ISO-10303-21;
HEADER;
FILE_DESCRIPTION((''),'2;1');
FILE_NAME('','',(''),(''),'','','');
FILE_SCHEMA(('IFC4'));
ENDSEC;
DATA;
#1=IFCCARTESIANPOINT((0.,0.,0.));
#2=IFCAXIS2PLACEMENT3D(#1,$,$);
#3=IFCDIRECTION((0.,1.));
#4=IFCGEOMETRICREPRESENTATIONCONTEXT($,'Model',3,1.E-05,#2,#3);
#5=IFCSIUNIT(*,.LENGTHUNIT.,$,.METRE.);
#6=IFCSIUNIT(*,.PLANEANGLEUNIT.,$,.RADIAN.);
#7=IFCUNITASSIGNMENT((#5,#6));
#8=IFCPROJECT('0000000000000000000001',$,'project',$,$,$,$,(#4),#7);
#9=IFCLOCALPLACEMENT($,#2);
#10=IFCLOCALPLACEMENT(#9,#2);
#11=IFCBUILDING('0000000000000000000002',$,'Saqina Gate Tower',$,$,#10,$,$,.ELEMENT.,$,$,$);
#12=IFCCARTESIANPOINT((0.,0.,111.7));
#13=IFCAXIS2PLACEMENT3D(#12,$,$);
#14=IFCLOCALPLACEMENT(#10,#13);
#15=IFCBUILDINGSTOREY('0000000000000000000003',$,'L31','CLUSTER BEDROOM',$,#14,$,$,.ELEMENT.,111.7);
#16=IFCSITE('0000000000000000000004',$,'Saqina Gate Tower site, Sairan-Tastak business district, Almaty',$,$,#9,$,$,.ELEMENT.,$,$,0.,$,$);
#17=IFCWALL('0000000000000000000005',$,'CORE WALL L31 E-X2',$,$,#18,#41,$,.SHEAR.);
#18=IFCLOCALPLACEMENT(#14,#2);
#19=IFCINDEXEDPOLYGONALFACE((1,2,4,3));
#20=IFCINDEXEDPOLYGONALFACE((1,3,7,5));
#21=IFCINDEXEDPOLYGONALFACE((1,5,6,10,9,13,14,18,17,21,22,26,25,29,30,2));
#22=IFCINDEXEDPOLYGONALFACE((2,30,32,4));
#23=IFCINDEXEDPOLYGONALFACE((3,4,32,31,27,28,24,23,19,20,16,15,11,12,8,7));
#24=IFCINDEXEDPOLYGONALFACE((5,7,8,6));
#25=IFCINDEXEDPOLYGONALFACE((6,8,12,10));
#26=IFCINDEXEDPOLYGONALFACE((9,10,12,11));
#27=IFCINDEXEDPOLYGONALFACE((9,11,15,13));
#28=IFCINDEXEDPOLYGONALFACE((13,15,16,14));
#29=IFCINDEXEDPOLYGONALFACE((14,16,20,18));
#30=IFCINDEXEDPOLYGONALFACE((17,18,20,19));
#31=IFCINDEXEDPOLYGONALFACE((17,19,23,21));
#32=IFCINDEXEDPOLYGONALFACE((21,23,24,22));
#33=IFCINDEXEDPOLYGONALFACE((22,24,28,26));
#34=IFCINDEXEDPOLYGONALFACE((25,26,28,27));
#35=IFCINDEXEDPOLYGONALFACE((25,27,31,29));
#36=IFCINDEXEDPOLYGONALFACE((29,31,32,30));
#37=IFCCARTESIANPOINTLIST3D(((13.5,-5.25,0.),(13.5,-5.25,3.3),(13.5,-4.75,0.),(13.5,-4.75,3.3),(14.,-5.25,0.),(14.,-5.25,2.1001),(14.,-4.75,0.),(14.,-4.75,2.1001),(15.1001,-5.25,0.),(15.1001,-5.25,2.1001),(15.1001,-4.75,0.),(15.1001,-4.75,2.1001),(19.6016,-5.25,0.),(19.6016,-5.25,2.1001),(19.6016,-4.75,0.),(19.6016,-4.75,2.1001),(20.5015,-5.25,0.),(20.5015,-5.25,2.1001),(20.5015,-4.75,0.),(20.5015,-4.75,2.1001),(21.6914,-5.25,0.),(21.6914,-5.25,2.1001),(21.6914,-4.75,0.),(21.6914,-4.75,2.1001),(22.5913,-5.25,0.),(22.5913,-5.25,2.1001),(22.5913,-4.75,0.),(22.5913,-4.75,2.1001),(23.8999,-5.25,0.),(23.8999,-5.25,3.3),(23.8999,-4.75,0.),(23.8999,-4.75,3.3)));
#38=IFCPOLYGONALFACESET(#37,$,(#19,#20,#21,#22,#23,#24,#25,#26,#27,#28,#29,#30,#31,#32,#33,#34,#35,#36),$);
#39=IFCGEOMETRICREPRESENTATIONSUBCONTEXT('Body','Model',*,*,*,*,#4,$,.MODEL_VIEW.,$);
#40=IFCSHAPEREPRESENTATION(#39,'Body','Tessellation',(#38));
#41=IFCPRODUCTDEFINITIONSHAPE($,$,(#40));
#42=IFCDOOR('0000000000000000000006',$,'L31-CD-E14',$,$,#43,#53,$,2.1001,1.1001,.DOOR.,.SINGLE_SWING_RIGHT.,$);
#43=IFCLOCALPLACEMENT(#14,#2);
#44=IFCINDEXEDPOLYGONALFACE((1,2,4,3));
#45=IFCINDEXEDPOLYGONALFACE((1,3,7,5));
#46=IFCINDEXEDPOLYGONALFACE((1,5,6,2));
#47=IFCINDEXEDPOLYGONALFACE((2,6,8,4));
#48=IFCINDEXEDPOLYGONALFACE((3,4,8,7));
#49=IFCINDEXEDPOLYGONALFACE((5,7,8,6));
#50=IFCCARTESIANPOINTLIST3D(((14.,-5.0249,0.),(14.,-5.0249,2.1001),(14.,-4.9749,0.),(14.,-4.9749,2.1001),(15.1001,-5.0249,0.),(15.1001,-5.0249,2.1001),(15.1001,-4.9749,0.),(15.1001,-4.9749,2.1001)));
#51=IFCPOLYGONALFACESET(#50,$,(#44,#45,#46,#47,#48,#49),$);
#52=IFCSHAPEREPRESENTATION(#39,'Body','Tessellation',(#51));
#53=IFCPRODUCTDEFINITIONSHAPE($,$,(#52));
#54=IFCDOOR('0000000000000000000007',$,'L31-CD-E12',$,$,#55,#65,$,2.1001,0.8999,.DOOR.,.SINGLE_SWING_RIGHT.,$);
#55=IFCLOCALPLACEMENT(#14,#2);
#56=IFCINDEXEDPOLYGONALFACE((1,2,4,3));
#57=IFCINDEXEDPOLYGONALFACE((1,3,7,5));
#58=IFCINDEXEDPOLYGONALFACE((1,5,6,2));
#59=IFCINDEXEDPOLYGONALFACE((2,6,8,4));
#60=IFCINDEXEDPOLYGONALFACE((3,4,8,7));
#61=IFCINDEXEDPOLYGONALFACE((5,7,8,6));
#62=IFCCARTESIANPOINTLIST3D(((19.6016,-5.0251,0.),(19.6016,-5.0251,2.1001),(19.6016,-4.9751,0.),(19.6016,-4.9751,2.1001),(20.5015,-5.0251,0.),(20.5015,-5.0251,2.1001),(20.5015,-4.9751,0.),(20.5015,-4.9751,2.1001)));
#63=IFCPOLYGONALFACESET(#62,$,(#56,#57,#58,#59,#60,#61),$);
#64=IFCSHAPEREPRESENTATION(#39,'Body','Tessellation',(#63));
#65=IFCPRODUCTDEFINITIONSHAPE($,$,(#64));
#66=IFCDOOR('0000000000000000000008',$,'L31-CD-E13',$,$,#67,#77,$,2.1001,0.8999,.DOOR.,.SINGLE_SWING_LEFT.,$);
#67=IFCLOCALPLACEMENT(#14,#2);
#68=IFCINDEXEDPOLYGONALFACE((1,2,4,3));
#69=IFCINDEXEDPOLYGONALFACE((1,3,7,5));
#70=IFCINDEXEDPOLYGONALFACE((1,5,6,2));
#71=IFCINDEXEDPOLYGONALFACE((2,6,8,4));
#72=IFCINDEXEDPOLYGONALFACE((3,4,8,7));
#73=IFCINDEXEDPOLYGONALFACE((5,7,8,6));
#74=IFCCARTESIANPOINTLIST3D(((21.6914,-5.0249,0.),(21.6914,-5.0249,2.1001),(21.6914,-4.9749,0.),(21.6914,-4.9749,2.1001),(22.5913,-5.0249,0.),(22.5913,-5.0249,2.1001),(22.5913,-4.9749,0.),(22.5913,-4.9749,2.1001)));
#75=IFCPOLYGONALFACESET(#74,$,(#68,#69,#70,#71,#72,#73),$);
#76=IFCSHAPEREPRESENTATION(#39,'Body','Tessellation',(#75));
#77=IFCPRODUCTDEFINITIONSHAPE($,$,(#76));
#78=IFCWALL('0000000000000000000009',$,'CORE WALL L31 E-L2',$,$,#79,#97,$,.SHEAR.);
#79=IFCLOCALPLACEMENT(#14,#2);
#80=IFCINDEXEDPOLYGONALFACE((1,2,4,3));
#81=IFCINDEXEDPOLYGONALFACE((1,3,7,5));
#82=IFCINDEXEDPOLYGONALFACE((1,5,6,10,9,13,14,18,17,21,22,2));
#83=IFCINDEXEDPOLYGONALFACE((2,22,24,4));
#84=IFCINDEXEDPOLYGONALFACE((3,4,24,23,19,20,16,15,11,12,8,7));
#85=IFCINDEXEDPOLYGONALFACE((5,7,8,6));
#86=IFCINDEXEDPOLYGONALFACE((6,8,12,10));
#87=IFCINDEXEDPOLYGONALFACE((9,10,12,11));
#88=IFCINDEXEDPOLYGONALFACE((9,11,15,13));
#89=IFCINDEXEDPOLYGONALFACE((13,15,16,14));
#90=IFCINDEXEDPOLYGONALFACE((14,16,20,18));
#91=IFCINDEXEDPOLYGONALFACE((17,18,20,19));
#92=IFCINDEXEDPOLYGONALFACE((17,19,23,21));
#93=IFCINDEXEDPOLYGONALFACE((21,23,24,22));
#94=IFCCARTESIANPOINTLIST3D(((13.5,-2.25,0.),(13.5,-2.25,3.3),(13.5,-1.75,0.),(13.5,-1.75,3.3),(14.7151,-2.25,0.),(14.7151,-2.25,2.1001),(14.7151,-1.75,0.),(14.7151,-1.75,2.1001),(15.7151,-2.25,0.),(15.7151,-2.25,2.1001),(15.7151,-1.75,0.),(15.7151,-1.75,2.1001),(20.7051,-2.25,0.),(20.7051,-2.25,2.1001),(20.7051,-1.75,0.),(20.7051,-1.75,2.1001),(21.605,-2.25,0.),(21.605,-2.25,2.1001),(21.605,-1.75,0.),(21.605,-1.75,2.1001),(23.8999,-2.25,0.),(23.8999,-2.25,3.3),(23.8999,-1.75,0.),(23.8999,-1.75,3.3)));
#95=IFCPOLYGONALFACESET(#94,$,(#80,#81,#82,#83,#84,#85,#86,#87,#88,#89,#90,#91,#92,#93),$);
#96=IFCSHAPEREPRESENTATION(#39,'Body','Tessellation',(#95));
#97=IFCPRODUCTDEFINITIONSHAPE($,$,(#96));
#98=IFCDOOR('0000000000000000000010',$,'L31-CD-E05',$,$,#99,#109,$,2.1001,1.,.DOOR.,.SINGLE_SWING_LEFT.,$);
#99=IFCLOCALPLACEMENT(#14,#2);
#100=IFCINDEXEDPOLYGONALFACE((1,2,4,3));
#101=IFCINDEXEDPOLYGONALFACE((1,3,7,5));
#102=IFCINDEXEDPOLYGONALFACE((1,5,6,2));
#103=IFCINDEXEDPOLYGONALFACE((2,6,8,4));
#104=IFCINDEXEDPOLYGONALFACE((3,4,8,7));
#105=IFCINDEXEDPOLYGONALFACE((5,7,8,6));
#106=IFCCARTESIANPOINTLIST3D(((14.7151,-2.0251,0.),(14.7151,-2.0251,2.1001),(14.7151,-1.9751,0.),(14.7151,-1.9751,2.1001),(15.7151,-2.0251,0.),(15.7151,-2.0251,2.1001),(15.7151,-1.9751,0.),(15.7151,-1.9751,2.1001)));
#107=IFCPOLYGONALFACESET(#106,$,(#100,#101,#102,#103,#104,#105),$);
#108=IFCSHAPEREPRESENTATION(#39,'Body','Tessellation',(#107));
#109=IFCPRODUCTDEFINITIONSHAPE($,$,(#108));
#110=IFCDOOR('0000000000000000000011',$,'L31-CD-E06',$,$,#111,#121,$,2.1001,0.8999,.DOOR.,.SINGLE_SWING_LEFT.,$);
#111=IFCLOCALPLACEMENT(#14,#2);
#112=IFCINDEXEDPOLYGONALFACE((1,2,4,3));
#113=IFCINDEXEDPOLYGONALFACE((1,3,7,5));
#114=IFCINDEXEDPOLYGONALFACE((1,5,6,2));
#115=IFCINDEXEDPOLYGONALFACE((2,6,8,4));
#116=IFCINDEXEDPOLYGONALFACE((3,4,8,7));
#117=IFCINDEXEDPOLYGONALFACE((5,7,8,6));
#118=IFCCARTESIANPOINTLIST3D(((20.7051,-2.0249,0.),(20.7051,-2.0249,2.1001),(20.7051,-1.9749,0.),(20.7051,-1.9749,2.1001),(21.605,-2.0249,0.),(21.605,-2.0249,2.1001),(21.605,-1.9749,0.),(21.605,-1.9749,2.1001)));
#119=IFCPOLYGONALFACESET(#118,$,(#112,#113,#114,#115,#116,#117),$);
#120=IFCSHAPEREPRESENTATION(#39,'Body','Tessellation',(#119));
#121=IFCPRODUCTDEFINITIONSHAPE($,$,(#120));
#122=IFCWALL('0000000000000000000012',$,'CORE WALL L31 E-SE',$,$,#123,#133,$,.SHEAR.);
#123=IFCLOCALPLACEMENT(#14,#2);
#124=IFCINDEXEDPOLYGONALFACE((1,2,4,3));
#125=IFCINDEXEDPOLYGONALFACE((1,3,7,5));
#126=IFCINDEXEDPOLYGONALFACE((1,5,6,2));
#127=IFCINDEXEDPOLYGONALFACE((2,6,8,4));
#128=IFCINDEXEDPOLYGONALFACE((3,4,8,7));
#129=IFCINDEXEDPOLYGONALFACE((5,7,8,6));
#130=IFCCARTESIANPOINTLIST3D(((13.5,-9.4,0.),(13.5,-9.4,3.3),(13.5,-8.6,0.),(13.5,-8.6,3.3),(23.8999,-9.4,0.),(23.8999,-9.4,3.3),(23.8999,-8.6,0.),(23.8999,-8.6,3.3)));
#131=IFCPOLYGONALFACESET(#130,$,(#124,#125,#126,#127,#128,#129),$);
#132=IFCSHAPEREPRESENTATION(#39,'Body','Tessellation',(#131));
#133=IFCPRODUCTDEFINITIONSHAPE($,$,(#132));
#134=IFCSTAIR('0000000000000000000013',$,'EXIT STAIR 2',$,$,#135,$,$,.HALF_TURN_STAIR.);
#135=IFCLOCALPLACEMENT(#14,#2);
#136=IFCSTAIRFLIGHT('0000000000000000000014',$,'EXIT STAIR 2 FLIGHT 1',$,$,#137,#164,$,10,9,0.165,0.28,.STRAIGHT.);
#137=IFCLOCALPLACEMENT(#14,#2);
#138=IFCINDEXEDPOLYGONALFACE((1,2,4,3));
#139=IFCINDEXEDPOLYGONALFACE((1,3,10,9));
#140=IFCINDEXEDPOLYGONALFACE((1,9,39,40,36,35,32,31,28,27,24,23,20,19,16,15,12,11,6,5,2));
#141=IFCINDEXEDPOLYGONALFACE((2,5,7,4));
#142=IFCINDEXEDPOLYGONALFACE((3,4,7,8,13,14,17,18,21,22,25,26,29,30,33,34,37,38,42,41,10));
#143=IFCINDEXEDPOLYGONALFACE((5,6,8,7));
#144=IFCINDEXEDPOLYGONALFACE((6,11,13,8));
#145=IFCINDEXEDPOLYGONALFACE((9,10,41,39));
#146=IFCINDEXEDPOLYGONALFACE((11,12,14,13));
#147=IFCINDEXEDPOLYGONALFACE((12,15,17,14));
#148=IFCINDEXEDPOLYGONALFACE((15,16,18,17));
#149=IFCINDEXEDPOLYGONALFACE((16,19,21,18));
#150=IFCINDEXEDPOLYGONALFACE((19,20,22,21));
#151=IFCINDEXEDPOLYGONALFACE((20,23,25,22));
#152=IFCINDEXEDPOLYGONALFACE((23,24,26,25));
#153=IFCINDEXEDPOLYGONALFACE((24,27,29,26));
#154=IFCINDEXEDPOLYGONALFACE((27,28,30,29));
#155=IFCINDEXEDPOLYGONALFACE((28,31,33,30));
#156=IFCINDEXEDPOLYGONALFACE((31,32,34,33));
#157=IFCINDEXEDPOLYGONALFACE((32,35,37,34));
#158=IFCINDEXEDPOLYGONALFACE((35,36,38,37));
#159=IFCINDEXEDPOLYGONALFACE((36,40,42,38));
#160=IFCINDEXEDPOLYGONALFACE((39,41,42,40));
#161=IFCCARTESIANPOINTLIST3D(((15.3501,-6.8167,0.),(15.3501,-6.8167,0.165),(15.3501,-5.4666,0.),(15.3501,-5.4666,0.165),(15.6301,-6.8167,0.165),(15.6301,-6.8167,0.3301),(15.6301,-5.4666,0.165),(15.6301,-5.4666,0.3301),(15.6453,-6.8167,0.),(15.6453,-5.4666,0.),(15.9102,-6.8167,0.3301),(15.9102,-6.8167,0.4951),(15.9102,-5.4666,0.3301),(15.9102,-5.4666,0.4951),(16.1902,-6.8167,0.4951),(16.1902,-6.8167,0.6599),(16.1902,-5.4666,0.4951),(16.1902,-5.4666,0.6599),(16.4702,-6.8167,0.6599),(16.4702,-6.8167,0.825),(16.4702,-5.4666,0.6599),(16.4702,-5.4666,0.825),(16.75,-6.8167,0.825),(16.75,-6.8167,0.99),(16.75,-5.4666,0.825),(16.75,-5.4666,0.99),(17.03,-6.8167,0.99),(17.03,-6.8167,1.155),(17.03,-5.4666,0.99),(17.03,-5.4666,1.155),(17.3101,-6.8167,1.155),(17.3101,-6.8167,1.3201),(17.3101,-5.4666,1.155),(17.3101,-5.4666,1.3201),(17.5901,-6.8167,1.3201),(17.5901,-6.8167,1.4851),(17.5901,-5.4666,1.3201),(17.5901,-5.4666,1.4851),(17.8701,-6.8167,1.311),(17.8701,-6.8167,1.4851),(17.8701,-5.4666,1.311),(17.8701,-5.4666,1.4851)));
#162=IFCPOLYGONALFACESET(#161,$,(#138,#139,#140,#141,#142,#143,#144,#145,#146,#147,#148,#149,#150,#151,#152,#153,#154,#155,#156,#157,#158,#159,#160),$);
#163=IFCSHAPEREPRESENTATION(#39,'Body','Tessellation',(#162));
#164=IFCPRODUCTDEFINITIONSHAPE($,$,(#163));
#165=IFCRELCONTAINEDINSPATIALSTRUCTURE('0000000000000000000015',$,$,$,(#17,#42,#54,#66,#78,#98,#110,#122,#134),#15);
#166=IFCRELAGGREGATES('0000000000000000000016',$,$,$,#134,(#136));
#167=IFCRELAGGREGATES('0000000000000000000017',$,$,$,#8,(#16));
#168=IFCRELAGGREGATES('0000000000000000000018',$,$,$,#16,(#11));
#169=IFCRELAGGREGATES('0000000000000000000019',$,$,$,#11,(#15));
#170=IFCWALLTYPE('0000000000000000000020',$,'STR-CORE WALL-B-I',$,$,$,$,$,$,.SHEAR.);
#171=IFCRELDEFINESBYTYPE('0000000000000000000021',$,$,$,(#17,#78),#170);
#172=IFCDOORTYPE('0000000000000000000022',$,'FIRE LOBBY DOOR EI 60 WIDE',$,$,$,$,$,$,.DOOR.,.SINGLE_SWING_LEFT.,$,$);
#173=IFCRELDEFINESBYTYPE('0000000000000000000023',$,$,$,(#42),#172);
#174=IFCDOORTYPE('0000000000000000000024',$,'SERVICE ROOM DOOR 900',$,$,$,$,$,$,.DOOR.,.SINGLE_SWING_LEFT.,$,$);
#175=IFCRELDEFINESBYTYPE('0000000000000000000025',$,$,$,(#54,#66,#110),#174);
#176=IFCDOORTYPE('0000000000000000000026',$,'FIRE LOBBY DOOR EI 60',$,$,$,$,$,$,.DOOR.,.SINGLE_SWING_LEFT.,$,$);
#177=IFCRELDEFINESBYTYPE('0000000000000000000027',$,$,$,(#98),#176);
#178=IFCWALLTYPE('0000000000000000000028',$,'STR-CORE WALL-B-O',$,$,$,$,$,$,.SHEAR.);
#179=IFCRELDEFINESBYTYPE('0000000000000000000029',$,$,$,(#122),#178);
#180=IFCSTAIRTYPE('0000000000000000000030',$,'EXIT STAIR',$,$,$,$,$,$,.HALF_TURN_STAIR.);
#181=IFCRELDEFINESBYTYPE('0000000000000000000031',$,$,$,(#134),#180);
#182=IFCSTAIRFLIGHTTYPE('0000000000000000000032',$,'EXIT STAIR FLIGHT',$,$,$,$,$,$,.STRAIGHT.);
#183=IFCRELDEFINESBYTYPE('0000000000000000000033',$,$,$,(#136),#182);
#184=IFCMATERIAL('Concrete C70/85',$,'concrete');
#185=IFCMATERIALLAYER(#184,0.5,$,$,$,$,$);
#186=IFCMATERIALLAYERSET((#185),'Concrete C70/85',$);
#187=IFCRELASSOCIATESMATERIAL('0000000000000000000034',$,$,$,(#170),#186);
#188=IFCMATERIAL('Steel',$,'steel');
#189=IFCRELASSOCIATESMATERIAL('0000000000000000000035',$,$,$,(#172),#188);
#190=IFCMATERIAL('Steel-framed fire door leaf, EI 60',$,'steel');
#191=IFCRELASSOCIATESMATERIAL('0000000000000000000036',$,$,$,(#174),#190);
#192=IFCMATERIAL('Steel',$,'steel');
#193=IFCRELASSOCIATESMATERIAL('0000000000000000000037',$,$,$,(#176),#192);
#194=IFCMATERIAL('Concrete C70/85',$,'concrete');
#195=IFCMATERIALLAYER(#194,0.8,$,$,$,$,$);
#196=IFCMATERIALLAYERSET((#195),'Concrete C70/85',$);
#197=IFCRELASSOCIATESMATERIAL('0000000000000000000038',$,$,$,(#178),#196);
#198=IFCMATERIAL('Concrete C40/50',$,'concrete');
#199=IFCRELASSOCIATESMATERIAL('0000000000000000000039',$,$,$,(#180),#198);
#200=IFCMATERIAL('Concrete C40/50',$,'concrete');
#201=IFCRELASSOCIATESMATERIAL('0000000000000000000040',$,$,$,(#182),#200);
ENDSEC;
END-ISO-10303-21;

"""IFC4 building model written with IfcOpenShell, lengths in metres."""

from ifc_helpers import new_model, si_unit, direction, frame, frame_2d, origin, place, context, subcontext, project, spatial, polyline, rectangle, outline, extrude, material, layer, layer_set, type_object, element, fill, aggregate, save


model = new_model("IFC4")

# Units and contexts
model_context = context("Model", 3, precision=1e-05, world=origin(), true_north=direction((0.0, 1.0)))
body_context = subcontext(model_context, "Body", "Model", "MODEL_VIEW")
ifc_project = project(units=[si_unit("LENGTHUNIT", "METRE"), si_unit("PLANEANGLEUNIT", "RADIAN")], contexts=[model_context])

# Site, building, storey
site_placement = place(None, origin())
site = spatial("IfcSite", under=ifc_project, at=site_placement, Name="Saqina Gate Tower site, Sairan-Tastak business district, Almaty", CompositionType="ELEMENT", RefElevation=0.0)
building_placement = place(site_placement, origin())
building = spatial("IfcBuilding", under=site, at=building_placement, Name="Saqina Gate Tower", CompositionType="ELEMENT")
storey_placement = place(building_placement, frame((0.0, 0.0, 111.7)))
storey = spatial("IfcBuildingStorey", under=building, at=storey_placement, Name="L31", Description="CLUSTER BEDROOM", CompositionType="ELEMENT", Elevation=111.7)

# Walls, openings, doors
ifc_material_1 = material(Name="Concrete C70/85", Category="concrete")
ifc_layer_1 = layer(ifc_material_1, 0.5)
ifc_layer_set_1 = layer_set([ifc_layer_1], Name="Concrete C70/85")
wall_type_1 = type_object("IfcWallType", Name="STR-CORE WALL-B-I", PredefinedType="SHEAR", material=ifc_layer_set_1)
wall_1_placement = place(storey_placement, frame((13.5, -5.0, 0.0), z_axis=(0.0, 0.0, 1.0), x_axis=(1.0, 0.0, 0.0)))
wall_1 = element("IfcWall", 1, at=wall_1_placement, inside=storey, type_object=wall_type_1, Name="CORE WALL L31 E-X2", PredefinedType="SHEAR", context=body_context, shape_type="SweptSolid", body=[
    extrude(rectangle(XDim=10.3999, YDim=0.5, at=frame_2d((5.2, 0.0))), origin(), (0.0, 0.0, 1.0), 3.3),
])
opening_1_placement = place(wall_1_placement, frame((6.1016, 0.0, 0.0)))
opening_1 = element("IfcOpeningElement", 2, at=opening_1_placement, cuts=wall_1, PredefinedType="OPENING", context=body_context, shape_type="SweptSolid", body=[
    extrude(rectangle(XDim=0.8999, YDim=2.1001, at=frame_2d((0.45, 1.05))), frame((0.0, 0.262, 0.0), z_axis=(0.0, -1.0, 0.0), x_axis=(1.0, 0.0, 0.0)), (0.0, 0.0, 1.0), 0.5239),
])
opening_2_placement = place(wall_1_placement, frame((8.1914, 0.0, 0.0)))
opening_2 = element("IfcOpeningElement", 3, at=opening_2_placement, cuts=wall_1, PredefinedType="OPENING", context=body_context, shape_type="SweptSolid", body=[
    extrude(rectangle(XDim=0.8999, YDim=2.1001, at=frame_2d((0.45, 1.05))), frame((0.0, 0.262, 0.0), z_axis=(0.0, -1.0, 0.0), x_axis=(1.0, 0.0, 0.0)), (0.0, 0.0, 1.0), 0.5239),
])
opening_3_placement = place(wall_1_placement, frame((0.5, 0.0, 0.0)))
opening_3 = element("IfcOpeningElement", 4, at=opening_3_placement, cuts=wall_1, PredefinedType="OPENING", context=body_context, shape_type="SweptSolid", body=[
    extrude(rectangle(XDim=1.1001, YDim=2.1001, at=frame_2d((0.55, 1.05))), frame((0.0, 0.262, 0.0), z_axis=(0.0, -1.0, 0.0), x_axis=(1.0, 0.0, 0.0)), (0.0, 0.0, 1.0), 0.5239),
])
ifc_material_2 = material(Name="Steel", Category="steel")
door_type_1 = type_object("IfcDoorType", Name="FIRE LOBBY DOOR EI 60 WIDE", OperationType="SINGLE_SWING_LEFT", PredefinedType="DOOR", material=ifc_material_2)
door_1_placement = place(opening_3_placement, frame((1.1001, 0.0, 0.0), z_axis=(0.0, 0.0, 1.0), x_axis=(-1.0, 0.0, 0.0)))
door_1 = element("IfcDoor", 5, at=door_1_placement, inside=storey, type_object=door_type_1, Name="L31-CD-E14", OperationType="SINGLE_SWING_RIGHT", OverallHeight=2.1001, OverallWidth=1.1001, PredefinedType="DOOR", context=body_context, shape_type="SweptSolid", body=[
    extrude(rectangle(XDim=1.1001, YDim=2.1001, at=frame_2d((0.55, 1.05))), frame((0.0, 0.0249, 0.0), z_axis=(0.0, -1.0, 0.0), x_axis=(1.0, 0.0, 0.0)), (0.0, 0.0, 1.0), 0.05),
])
fill(opening_3, door_1)
ifc_material_3 = material(Name="Steel-framed fire door leaf, EI 60", Category="steel")
door_type_2 = type_object("IfcDoorType", Name="SERVICE ROOM DOOR 900", OperationType="SINGLE_SWING_LEFT", PredefinedType="DOOR", material=ifc_material_3)
door_2_placement = place(opening_1_placement, origin())
door_2 = element("IfcDoor", 6, at=door_2_placement, inside=storey, type_object=door_type_2, Name="L31-CD-E12", OperationType="SINGLE_SWING_RIGHT", OverallHeight=2.1001, OverallWidth=0.8999, PredefinedType="DOOR", context=body_context, shape_type="SweptSolid", body=[
    extrude(rectangle(XDim=0.8999, YDim=2.1001, at=frame_2d((0.45, 1.05))), frame((0.0, 0.0249, 0.0), z_axis=(0.0, -1.0, 0.0), x_axis=(1.0, 0.0, 0.0)), (0.0, 0.0, 1.0), 0.05),
])
fill(opening_1, door_2)
door_3_placement = place(opening_2_placement, frame((0.8999, 0.0, 0.0), z_axis=(0.0, 0.0, 1.0), x_axis=(-1.0, 0.0, 0.0)))
door_3 = element("IfcDoor", 7, at=door_3_placement, inside=storey, type_object=door_type_2, Name="L31-CD-E13", OperationType="SINGLE_SWING_LEFT", OverallHeight=2.1001, OverallWidth=0.8999, PredefinedType="DOOR", context=body_context, shape_type="SweptSolid", body=[
    extrude(rectangle(XDim=0.8999, YDim=2.1001, at=frame_2d((0.45, 1.05))), frame((0.0, 0.0249, 0.0), z_axis=(0.0, -1.0, 0.0), x_axis=(1.0, 0.0, 0.0)), (0.0, 0.0, 1.0), 0.05),
])
fill(opening_2, door_3)
wall_2_placement = place(storey_placement, frame((13.5, -2.0, 0.0), z_axis=(0.0, 0.0, 1.0), x_axis=(1.0, 0.0, 0.0)))
wall_2 = element("IfcWall", 8, at=wall_2_placement, inside=storey, type_object=wall_type_1, Name="CORE WALL L31 E-L2", PredefinedType="SHEAR", context=body_context, shape_type="SweptSolid", body=[
    extrude(rectangle(XDim=10.3999, YDim=0.5, at=frame_2d((5.2, 0.0))), origin(), (0.0, 0.0, 1.0), 3.3),
])
opening_4_placement = place(wall_2_placement, frame((1.2151, 0.0, 0.0)))
opening_4 = element("IfcOpeningElement", 9, at=opening_4_placement, cuts=wall_2, PredefinedType="OPENING", context=body_context, shape_type="SweptSolid", body=[
    extrude(rectangle(XDim=1.0, YDim=2.1001, at=frame_2d((0.5, 1.05))), frame((0.0, 0.262, 0.0), z_axis=(0.0, -1.0, 0.0), x_axis=(1.0, 0.0, 0.0)), (0.0, 0.0, 1.0), 0.5239),
])
opening_5_placement = place(wall_2_placement, frame((7.2051, 0.0, 0.0)))
opening_5 = element("IfcOpeningElement", 10, at=opening_5_placement, cuts=wall_2, PredefinedType="OPENING", context=body_context, shape_type="SweptSolid", body=[
    extrude(rectangle(XDim=0.8999, YDim=2.1001, at=frame_2d((0.45, 1.05))), frame((0.0, 0.262, 0.0), z_axis=(0.0, -1.0, 0.0), x_axis=(1.0, 0.0, 0.0)), (0.0, 0.0, 1.0), 0.5239),
])
ifc_material_4 = material(Name="Steel", Category="steel")
door_type_3 = type_object("IfcDoorType", Name="FIRE LOBBY DOOR EI 60", OperationType="SINGLE_SWING_LEFT", PredefinedType="DOOR", material=ifc_material_4)
door_4_placement = place(opening_4_placement, origin())
door_4 = element("IfcDoor", 11, at=door_4_placement, inside=storey, type_object=door_type_3, Name="L31-CD-E05", OperationType="SINGLE_SWING_LEFT", OverallHeight=2.1001, OverallWidth=1.0, PredefinedType="DOOR", context=body_context, shape_type="SweptSolid", body=[
    extrude(rectangle(XDim=1.0, YDim=2.1001, at=frame_2d((0.5, 1.05))), frame((0.0, 0.0249, 0.0), z_axis=(0.0, -1.0, 0.0), x_axis=(1.0, 0.0, 0.0)), (0.0, 0.0, 1.0), 0.05),
])
fill(opening_4, door_4)
door_5_placement = place(opening_5_placement, frame((0.8999, 0.0, 0.0), z_axis=(0.0, 0.0, 1.0), x_axis=(-1.0, 0.0, 0.0)))
door_5 = element("IfcDoor", 12, at=door_5_placement, inside=storey, type_object=door_type_2, Name="L31-CD-E06", OperationType="SINGLE_SWING_LEFT", OverallHeight=2.1001, OverallWidth=0.8999, PredefinedType="DOOR", context=body_context, shape_type="SweptSolid", body=[
    extrude(rectangle(XDim=0.8999, YDim=2.1001, at=frame_2d((0.45, 1.05))), frame((0.0, 0.0249, 0.0), z_axis=(0.0, -1.0, 0.0), x_axis=(1.0, 0.0, 0.0)), (0.0, 0.0, 1.0), 0.05),
])
fill(opening_5, door_5)
ifc_material_5 = material(Name="Concrete C70/85", Category="concrete")
ifc_layer_2 = layer(ifc_material_5, 0.8)
ifc_layer_set_2 = layer_set([ifc_layer_2], Name="Concrete C70/85")
wall_type_2 = type_object("IfcWallType", Name="STR-CORE WALL-B-O", PredefinedType="SHEAR", material=ifc_layer_set_2)

# Wall
wall_3_placement = place(storey_placement, frame((13.5, -9.0, 0.0), z_axis=(0.0, 0.0, 1.0), x_axis=(1.0, 0.0, 0.0)))
element("IfcWall", 13, at=wall_3_placement, inside=storey, type_object=wall_type_2, Name="CORE WALL L31 E-SE", PredefinedType="SHEAR", context=body_context, shape_type="SweptSolid", body=[
    extrude(rectangle(XDim=10.3999, YDim=0.8, at=frame_2d((5.2, 0.0))), origin(), (0.0, 0.0, 1.0), 3.3),
])

# Stair, stair flight
ifc_material_6 = material(Name="Concrete C40/50", Category="concrete")
stair_type = type_object("IfcStairType", Name="EXIT STAIR", PredefinedType="HALF_TURN_STAIR", material=ifc_material_6)
stair_placement = place(storey_placement, origin())
stair = element("IfcStair", 14, at=stair_placement, inside=storey, type_object=stair_type, Name="EXIT STAIR 2", PredefinedType="HALF_TURN_STAIR")
ifc_material_7 = material(Name="Concrete C40/50", Category="concrete")
stair_flight_type = type_object("IfcStairFlightType", Name="EXIT STAIR FLIGHT", PredefinedType="STRAIGHT", material=ifc_material_7)
stair_flight_placement = place(storey_placement, frame((15.3501, -6.1416, 0.0), z_axis=(0.0, 0.0, 1.0), x_axis=(1.0, 0.0, 0.0)))
stair_flight = element("IfcStairFlight", 15, at=stair_flight_placement, type_object=stair_flight_type, Name="EXIT STAIR 2 FLIGHT 1", NumberOfRisers=10, NumberOfTreads=9, PredefinedType="STRAIGHT", RiserHeight=0.165, TreadLength=0.28, context=body_context, shape_type="SweptSolid", body=[
    extrude(outline(polyline([(0.0, 0.0), (0.0, 0.165), (0.28, 0.165), (0.28, 0.3301), (0.5601, 0.3301), (0.5601, 0.4951), (0.8401, 0.4951), (0.8401, 0.6599), (1.1201, 0.6599), (1.1201, 0.825), (1.3999, 0.825), (1.3999, 0.99), (1.6799, 0.99), (1.6799, 1.155), (1.96, 1.155), (1.96, 1.3201), (2.24, 1.3201), (2.24, 1.4851), (2.52, 1.4851), (2.52, 1.6499), (2.52, 1.311), (0.2952, 0.0), (0.0, 0.0)])), frame((0.0, 0.675, 0.0), z_axis=(0.0, -1.0, 0.0), x_axis=(1.0, 0.0, 0.0)), (0.0, 0.0, 1.0), 1.3501),
])
aggregate(stair, [stair_flight])

save(model, "model.ifc")
